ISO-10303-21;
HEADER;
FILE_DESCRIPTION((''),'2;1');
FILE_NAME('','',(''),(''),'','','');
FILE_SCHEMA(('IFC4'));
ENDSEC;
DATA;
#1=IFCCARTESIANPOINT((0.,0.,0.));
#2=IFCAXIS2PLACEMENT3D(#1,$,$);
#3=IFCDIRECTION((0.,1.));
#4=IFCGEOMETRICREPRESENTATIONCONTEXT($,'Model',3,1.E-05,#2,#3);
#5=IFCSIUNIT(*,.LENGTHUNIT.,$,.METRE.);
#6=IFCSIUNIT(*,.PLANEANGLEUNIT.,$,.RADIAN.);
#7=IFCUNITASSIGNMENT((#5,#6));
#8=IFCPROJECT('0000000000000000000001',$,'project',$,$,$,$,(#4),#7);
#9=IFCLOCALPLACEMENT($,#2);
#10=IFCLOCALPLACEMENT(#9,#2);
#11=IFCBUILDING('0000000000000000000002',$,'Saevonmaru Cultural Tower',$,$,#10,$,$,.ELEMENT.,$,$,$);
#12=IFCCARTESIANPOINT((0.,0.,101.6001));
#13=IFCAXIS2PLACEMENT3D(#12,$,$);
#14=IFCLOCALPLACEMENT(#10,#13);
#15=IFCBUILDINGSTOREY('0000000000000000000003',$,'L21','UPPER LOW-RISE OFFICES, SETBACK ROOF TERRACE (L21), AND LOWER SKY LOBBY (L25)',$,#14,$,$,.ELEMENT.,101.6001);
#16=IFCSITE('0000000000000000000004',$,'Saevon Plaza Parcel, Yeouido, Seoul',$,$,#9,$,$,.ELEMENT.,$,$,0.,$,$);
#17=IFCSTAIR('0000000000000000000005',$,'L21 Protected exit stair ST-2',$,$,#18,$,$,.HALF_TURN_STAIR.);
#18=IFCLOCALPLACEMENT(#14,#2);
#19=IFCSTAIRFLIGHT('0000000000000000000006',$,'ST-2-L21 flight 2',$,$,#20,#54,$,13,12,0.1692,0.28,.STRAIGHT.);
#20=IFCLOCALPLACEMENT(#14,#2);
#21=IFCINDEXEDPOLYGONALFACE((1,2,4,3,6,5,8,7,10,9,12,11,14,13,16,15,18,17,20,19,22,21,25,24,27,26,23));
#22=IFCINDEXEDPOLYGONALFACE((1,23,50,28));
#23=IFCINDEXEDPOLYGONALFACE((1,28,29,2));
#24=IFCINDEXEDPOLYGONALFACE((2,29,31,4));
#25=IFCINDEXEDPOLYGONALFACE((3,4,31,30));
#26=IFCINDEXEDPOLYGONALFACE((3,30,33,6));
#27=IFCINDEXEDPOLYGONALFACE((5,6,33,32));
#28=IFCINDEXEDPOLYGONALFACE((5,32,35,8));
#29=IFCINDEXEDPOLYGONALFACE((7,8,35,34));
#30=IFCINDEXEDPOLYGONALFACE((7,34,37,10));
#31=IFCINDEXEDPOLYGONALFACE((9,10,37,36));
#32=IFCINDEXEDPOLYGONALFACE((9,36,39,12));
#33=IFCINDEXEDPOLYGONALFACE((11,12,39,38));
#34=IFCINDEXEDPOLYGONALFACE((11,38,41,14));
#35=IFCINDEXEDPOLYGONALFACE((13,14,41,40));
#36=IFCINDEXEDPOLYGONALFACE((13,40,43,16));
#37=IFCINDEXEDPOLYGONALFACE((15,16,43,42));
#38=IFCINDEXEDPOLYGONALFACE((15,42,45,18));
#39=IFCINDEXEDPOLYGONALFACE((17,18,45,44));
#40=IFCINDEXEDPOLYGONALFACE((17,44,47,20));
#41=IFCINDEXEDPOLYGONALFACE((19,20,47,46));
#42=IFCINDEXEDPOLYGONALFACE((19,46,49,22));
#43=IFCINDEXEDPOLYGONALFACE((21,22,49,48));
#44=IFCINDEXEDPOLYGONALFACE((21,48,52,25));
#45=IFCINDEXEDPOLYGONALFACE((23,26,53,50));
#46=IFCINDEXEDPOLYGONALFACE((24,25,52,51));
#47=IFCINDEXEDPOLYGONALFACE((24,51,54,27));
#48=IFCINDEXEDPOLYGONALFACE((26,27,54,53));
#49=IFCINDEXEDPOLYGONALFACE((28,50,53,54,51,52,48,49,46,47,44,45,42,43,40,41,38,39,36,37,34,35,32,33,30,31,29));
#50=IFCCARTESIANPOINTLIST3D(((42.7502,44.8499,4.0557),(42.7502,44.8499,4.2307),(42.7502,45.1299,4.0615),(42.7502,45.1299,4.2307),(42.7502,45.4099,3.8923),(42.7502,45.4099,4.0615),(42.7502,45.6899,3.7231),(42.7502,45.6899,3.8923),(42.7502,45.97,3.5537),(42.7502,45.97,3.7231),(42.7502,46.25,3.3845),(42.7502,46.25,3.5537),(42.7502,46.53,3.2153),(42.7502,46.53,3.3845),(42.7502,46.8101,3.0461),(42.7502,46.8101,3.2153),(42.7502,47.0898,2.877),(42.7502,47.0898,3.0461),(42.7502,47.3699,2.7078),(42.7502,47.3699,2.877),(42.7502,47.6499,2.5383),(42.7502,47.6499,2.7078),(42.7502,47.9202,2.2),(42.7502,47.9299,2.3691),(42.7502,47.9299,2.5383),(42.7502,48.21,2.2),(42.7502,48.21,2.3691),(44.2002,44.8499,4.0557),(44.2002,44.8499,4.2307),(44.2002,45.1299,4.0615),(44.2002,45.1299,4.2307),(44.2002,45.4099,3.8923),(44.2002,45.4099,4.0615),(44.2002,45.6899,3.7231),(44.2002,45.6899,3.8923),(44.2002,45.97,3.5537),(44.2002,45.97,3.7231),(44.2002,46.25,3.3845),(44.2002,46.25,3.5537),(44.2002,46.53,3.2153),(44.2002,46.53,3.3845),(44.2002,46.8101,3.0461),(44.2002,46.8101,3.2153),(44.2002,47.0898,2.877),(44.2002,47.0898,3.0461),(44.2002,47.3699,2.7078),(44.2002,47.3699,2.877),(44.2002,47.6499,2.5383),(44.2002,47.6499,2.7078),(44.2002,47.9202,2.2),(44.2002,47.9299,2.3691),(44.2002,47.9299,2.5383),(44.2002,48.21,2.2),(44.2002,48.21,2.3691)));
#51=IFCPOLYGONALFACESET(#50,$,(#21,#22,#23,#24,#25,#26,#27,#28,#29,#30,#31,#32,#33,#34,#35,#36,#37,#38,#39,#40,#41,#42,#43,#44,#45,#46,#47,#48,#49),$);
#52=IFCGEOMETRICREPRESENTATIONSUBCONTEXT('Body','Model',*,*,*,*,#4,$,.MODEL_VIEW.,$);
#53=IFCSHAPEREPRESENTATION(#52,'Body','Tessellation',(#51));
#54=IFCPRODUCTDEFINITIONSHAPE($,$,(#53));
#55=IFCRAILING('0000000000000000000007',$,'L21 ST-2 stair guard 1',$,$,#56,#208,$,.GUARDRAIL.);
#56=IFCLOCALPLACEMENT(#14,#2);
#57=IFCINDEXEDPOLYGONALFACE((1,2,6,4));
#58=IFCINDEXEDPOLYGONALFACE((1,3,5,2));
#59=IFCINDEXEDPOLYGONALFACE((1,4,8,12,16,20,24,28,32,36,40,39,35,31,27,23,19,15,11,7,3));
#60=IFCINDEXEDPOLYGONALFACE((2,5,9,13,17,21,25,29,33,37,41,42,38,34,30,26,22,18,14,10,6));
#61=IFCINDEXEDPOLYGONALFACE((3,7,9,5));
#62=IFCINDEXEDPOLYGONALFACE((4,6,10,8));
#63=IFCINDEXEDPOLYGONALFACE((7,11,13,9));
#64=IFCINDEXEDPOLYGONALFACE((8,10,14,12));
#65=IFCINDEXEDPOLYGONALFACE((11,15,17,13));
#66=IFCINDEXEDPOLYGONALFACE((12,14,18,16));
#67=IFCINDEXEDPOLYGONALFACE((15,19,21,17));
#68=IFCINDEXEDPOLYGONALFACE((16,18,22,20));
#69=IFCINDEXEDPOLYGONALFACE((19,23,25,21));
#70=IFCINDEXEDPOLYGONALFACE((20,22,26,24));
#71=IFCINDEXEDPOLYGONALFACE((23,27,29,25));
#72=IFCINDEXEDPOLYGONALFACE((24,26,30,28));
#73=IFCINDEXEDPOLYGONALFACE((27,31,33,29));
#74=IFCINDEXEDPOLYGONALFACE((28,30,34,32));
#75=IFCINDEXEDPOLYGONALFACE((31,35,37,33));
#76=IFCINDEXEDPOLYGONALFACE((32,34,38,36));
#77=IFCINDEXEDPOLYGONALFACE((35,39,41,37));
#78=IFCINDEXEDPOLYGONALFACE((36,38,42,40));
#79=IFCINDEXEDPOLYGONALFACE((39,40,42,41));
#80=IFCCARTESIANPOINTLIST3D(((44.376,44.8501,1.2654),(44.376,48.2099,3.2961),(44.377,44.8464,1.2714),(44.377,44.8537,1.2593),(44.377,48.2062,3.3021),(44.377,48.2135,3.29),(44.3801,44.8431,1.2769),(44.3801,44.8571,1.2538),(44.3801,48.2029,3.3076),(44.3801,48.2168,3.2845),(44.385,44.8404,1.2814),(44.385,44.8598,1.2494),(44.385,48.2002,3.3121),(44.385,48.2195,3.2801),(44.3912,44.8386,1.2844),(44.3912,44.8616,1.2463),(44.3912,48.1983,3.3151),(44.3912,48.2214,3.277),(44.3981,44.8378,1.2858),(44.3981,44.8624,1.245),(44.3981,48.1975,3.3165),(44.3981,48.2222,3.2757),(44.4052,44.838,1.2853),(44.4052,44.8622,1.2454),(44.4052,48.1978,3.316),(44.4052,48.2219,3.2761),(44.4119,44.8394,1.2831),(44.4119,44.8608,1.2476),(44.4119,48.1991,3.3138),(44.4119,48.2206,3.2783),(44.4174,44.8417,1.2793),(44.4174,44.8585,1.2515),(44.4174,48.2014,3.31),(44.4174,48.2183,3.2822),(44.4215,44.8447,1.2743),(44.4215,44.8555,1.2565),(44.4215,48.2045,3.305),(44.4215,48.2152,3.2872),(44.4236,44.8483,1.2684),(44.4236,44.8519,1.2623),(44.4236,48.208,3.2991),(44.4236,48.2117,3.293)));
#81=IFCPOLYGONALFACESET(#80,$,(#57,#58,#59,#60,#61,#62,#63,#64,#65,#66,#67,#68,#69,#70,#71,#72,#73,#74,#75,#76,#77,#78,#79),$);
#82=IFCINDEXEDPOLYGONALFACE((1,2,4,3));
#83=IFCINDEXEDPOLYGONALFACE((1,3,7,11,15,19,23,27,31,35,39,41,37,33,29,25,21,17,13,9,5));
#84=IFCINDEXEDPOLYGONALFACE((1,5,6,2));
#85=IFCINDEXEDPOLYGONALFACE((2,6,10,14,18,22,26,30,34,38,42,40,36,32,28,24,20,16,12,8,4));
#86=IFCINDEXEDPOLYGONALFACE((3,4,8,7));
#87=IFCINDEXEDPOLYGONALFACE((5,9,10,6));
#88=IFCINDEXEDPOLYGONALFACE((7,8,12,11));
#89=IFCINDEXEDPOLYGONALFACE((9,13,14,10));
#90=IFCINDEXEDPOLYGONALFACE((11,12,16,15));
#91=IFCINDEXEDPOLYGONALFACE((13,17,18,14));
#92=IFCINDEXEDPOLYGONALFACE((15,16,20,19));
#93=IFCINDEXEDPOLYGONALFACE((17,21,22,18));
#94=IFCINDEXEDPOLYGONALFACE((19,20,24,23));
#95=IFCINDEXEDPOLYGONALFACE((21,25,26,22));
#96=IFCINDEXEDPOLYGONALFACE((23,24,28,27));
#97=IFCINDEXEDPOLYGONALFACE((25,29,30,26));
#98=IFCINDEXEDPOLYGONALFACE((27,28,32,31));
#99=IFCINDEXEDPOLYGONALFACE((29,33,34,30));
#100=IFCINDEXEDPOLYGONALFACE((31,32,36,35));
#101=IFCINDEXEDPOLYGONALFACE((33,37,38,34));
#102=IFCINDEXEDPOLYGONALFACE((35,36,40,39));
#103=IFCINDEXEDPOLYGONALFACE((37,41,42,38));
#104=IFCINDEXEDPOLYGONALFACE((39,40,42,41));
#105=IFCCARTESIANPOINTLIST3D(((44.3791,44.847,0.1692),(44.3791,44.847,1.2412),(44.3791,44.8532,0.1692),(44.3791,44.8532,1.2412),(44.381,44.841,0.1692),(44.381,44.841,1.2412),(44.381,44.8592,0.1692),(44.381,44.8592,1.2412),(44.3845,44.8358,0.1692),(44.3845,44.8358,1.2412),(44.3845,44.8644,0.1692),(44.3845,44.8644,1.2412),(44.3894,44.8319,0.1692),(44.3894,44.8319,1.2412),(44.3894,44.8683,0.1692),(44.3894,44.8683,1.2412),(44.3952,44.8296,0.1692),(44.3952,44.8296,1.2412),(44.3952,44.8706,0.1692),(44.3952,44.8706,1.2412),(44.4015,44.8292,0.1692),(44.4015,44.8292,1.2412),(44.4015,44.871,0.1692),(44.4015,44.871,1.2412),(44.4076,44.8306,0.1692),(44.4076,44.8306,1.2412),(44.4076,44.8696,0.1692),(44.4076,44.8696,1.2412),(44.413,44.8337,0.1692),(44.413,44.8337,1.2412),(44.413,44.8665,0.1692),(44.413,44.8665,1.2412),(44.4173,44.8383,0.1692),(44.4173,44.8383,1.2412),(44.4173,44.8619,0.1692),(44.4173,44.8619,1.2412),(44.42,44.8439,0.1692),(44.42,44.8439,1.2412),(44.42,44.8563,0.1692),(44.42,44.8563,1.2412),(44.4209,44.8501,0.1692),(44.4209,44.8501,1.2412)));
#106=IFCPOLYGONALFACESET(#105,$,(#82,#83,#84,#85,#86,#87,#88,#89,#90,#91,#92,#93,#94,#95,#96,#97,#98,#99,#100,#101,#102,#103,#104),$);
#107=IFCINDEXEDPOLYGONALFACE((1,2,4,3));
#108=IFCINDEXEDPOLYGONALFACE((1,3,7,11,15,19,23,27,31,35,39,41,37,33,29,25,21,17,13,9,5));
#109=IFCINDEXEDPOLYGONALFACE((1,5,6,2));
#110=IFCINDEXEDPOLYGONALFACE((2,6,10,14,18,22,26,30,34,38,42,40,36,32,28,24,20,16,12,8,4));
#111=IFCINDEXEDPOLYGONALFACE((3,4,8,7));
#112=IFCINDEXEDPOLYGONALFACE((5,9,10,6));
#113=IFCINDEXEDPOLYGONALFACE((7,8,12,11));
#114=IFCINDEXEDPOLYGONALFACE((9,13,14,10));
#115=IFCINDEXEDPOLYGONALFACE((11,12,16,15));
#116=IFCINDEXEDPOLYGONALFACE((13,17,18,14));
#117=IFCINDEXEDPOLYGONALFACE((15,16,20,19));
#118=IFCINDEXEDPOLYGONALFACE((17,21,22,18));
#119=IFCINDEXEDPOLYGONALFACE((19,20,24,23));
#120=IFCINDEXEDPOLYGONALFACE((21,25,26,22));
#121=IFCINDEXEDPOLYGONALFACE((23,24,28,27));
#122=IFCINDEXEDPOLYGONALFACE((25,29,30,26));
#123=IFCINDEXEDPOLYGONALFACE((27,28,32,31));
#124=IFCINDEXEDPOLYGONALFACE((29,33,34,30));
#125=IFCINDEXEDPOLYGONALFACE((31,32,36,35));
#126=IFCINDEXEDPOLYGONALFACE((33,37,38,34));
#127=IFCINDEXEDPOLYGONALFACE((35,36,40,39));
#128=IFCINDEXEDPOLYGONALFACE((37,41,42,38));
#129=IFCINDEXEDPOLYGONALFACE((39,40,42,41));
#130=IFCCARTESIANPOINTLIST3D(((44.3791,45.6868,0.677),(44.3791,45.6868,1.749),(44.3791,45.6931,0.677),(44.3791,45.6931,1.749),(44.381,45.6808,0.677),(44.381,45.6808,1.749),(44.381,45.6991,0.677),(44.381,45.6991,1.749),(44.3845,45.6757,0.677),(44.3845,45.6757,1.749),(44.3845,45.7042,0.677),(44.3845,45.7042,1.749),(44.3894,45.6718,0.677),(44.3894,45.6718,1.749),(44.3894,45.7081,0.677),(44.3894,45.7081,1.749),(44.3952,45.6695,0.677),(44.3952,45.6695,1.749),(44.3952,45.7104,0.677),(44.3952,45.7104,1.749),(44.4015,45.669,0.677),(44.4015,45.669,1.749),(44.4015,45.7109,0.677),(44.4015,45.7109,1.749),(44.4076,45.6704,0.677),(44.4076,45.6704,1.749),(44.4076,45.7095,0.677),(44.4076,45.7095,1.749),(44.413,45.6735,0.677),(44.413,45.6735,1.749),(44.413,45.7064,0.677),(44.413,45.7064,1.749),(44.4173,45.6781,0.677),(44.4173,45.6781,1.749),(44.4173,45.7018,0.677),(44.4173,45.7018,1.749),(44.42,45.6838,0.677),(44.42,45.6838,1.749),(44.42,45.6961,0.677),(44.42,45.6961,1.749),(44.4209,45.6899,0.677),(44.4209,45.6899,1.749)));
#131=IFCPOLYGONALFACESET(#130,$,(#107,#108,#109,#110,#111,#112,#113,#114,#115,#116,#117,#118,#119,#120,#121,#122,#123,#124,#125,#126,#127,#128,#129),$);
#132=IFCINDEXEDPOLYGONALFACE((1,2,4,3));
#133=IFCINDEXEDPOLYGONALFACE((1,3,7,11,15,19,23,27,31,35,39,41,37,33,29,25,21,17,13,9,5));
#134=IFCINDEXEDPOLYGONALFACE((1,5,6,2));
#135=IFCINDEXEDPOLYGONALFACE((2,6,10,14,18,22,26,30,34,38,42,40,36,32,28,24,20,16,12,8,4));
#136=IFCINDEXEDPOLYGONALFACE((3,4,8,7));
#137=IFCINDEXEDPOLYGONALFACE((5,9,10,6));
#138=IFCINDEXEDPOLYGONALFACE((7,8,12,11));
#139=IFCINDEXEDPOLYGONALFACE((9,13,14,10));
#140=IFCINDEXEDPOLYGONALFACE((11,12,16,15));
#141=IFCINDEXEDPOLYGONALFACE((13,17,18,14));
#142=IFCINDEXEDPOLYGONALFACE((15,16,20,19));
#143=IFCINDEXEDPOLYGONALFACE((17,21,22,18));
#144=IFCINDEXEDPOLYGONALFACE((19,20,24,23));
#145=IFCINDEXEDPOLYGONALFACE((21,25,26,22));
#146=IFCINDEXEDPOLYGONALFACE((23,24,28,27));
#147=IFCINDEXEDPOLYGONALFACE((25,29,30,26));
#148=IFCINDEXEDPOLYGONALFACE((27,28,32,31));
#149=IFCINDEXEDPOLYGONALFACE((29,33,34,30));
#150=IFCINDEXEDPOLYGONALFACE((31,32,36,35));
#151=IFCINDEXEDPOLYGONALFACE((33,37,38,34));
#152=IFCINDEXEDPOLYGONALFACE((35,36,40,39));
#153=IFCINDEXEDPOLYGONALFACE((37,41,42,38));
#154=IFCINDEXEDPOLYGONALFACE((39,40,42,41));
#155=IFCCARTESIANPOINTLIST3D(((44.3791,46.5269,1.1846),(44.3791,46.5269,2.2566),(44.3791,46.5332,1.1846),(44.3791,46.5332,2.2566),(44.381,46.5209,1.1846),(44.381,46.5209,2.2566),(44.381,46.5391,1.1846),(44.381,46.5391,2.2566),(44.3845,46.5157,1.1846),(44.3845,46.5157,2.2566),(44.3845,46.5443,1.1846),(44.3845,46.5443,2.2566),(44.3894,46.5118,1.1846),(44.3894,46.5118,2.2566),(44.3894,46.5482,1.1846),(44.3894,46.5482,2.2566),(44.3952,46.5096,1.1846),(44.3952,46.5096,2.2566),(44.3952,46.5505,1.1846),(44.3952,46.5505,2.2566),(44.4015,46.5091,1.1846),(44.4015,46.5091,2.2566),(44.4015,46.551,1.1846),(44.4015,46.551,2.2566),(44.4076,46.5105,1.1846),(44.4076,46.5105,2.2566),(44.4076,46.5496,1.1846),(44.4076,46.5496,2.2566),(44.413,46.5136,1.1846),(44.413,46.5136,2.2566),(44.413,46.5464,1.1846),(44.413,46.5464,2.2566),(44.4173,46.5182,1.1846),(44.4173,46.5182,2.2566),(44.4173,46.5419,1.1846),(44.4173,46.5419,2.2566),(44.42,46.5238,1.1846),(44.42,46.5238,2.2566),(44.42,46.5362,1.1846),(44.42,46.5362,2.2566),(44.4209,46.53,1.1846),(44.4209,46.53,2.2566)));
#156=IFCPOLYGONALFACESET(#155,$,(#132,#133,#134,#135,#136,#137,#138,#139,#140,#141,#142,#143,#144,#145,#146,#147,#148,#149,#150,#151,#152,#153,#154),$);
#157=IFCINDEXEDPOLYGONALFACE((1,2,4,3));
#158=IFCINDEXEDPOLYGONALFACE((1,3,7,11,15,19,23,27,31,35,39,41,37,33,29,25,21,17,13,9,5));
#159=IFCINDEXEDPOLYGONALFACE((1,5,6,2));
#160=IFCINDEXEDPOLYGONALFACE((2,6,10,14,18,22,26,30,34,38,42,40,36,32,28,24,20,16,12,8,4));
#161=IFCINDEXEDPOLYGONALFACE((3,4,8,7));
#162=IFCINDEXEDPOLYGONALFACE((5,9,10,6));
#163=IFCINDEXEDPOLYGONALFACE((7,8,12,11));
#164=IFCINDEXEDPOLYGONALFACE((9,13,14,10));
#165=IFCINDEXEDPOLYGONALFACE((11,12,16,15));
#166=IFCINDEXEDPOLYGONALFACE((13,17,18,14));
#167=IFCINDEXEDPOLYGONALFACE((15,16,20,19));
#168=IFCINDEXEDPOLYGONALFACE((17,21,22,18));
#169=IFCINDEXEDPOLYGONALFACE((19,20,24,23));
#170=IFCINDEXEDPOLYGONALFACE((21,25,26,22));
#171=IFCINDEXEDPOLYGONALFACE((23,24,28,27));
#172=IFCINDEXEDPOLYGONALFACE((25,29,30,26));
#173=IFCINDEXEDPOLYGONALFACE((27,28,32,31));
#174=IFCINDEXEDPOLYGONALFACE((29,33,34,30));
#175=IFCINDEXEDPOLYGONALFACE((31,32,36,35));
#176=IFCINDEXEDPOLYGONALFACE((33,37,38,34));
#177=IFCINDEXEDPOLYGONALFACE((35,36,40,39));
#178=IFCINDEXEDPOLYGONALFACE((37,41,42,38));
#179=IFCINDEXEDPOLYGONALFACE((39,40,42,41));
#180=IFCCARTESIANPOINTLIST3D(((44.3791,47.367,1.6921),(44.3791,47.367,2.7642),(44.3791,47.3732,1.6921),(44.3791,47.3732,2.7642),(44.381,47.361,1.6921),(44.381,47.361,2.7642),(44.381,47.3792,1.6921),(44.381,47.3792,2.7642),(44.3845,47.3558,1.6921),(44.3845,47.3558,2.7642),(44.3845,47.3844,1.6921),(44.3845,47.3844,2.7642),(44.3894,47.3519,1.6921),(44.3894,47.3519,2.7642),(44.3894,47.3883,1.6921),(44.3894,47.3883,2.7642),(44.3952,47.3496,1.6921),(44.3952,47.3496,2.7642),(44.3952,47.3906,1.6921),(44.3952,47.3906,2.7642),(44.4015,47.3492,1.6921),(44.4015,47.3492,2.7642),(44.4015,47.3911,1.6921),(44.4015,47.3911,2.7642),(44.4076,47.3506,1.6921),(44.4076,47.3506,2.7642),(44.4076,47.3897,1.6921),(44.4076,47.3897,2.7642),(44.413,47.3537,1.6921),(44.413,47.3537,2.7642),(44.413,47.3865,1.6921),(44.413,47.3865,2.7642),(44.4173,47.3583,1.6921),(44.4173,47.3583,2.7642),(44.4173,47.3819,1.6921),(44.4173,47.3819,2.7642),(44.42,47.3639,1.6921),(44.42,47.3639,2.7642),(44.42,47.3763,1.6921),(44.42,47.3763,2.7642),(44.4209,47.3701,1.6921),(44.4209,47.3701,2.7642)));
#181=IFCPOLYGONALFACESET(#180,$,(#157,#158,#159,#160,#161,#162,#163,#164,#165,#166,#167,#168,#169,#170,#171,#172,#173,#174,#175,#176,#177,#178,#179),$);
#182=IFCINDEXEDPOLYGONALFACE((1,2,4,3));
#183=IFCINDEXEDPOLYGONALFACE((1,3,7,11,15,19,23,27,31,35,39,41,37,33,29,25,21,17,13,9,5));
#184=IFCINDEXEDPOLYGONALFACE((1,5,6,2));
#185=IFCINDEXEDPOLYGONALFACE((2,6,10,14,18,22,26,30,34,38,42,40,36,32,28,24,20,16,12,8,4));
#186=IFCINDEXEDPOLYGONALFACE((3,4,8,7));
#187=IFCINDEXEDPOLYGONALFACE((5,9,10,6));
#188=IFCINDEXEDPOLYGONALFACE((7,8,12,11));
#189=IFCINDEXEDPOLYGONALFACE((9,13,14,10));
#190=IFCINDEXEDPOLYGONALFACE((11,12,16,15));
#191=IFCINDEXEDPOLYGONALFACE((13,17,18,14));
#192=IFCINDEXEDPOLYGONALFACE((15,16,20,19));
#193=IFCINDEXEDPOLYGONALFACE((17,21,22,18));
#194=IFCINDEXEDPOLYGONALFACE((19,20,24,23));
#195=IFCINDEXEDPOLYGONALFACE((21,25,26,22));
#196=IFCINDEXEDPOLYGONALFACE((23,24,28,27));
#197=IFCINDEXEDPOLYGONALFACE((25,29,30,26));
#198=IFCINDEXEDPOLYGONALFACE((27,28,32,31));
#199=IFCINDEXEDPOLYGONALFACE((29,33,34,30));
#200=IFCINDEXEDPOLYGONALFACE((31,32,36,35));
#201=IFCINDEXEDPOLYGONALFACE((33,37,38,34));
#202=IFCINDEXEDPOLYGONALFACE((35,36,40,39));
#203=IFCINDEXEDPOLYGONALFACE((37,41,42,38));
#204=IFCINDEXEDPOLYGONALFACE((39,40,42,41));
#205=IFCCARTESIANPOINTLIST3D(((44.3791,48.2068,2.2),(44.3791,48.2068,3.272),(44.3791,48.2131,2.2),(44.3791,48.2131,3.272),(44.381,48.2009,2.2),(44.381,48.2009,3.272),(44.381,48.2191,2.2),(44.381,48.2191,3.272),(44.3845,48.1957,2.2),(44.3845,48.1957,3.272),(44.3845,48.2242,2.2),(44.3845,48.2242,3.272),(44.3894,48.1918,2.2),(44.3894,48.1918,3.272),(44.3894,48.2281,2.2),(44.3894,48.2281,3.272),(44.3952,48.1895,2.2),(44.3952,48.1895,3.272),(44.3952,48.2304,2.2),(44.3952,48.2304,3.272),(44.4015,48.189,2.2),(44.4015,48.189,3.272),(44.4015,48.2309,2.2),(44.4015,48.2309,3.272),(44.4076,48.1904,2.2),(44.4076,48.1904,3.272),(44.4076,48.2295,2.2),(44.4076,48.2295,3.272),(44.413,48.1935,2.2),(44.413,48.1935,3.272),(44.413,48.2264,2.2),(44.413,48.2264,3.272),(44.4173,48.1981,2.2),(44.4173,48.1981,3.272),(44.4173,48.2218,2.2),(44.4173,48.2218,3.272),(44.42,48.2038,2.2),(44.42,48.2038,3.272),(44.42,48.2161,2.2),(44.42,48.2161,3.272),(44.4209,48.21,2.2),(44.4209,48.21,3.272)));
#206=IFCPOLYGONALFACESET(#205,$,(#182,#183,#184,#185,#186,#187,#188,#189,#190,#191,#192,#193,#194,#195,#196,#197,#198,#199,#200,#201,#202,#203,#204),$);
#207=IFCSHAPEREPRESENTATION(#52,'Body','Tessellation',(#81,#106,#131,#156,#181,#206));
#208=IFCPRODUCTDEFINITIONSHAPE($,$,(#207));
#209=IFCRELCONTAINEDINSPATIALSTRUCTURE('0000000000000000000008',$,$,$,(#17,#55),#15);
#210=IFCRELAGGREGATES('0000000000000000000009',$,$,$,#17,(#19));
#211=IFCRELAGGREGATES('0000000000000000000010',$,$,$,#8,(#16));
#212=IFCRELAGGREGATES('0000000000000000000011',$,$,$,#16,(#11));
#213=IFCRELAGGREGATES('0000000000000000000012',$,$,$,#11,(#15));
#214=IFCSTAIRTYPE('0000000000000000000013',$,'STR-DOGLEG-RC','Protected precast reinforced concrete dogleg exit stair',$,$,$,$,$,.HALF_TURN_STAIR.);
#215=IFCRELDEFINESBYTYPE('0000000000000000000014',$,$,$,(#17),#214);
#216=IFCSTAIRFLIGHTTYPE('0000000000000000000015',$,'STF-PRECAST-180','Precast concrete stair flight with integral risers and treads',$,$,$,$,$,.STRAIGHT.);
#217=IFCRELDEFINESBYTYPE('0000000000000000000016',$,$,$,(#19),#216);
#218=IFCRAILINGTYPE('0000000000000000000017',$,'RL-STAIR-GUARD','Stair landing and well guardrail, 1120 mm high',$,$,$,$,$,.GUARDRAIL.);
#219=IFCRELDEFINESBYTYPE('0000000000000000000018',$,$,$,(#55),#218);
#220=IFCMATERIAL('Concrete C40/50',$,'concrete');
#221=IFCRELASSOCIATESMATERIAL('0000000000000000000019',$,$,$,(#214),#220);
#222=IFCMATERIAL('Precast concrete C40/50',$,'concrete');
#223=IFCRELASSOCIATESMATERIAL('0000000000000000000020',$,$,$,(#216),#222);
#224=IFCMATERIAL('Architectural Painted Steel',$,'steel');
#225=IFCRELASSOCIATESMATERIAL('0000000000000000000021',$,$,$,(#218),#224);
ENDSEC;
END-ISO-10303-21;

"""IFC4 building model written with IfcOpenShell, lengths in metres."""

from ifc_helpers import new_model, si_unit, direction, frame, origin, origin_2d, place, context, subcontext, project, spatial, polyline, circle, outline, extrude, material, type_object, element, aggregate, save


model = new_model("IFC4")

# Units and contexts
model_context = context("Model", 3, precision=1e-05, world=origin(), true_north=direction((0.0, 1.0)))
body_context = subcontext(model_context, "Body", "Model", "MODEL_VIEW")
ifc_project = project(units=[si_unit("LENGTHUNIT", "METRE"), si_unit("PLANEANGLEUNIT", "RADIAN")], contexts=[model_context])

# Site, building, storey
site_placement = place(None, origin())
site = spatial("IfcSite", under=ifc_project, at=site_placement, Name="Saevon Plaza Parcel, Yeouido, Seoul", CompositionType="ELEMENT", RefElevation=0.0)
building_placement = place(site_placement, origin())
building = spatial("IfcBuilding", under=site, at=building_placement, Name="Saevonmaru Cultural Tower", CompositionType="ELEMENT")
storey_placement = place(building_placement, frame((0.0, 0.0, 101.6001)))
storey = spatial("IfcBuildingStorey", under=building, at=storey_placement, Name="L21", Description="UPPER LOW-RISE OFFICES, SETBACK ROOF TERRACE (L21), AND LOWER SKY LOBBY (L25)", CompositionType="ELEMENT", Elevation=101.6001)

# Stair, stair flight
ifc_material_1 = material(Name="Concrete C40/50", Category="concrete")
stair_type = type_object("IfcStairType", Name="STR-DOGLEG-RC", Description="Protected precast reinforced concrete dogleg exit stair", PredefinedType="HALF_TURN_STAIR", material=ifc_material_1)
stair_placement = place(storey_placement, origin())
stair = element("IfcStair", 1, at=stair_placement, inside=storey, type_object=stair_type, Name="L21 Protected exit stair ST-2", PredefinedType="HALF_TURN_STAIR")
ifc_material_2 = material(Name="Precast concrete C40/50", Category="concrete")
stair_flight_type = type_object("IfcStairFlightType", Name="STF-PRECAST-180", Description="Precast concrete stair flight with integral risers and treads", PredefinedType="STRAIGHT", material=ifc_material_2)
stair_flight_1_placement = place(storey_placement, frame((43.4751, 48.21, 2.2), z_axis=(0.0, 0.0, 1.0), x_axis=(0.0, -1.0, 0.0)))
stair_flight_1 = element("IfcStairFlight", 2, at=stair_flight_1_placement, type_object=stair_flight_type, Name="ST-2-L21 flight 2", NumberOfRisers=13, NumberOfTreads=12, PredefinedType="STRAIGHT", RiserHeight=0.1692, TreadLength=0.28, context=body_context, shape_type="SweptSolid", body=[
    extrude(outline(polyline([(0.0, 0.0), (0.0, 0.1692), (0.28, 0.1692), (0.28, 0.3384), (0.5601, 0.3384), (0.5601, 0.5078), (0.8401, 0.5078), (0.8401, 0.677), (1.1201, 0.677), (1.1201, 0.8462), (1.3999, 0.8462), (1.3999, 1.0154), (1.6799, 1.0154), (1.6799, 1.1846), (1.96, 1.1846), (1.96, 1.3538), (2.24, 1.3538), (2.24, 1.5232), (2.52, 1.5232), (2.52, 1.6924), (2.8, 1.6924), (2.8, 1.8616), (3.0801, 1.8616), (3.0801, 2.0308), (3.3601, 2.0308), (3.3601, 2.2), (3.3601, 1.8557), (0.2898, 0.0), (0.0, 0.0)])), frame((0.0, 0.7251, 0.0), z_axis=(0.0, -1.0, 0.0), x_axis=(1.0, 0.0, 0.0)), (0.0, 0.0, 1.0), 1.45),
])
aggregate(stair, [stair_flight_1])

# Railing
ifc_material_3 = material(Name="Architectural Painted Steel", Category="steel")
railing_type_1 = type_object("IfcRailingType", Name="RL-STAIR-GUARD", Description="Stair landing and well guardrail, 1120 mm high", PredefinedType="GUARDRAIL", material=ifc_material_3)
railing_1_placement = place(storey_placement, frame((44.3999, 44.8501, 0.1692)))
element("IfcRailing", 3, at=railing_1_placement, inside=storey, type_object=railing_type_1, Name="L21 ST-2 stair guard 1", PredefinedType="GUARDRAIL", context=body_context, shape_type="SweptSolid", body=[
    extrude(circle(Radius=0.0239, at=origin_2d()), frame((0.0, 0.0, 1.0962), z_axis=(0.0, 0.85582, 0.517273), x_axis=(-1.0, 0.0, 0.0)), (0.0, 0.0, 1.0), 3.9258),
    extrude(circle(Radius=0.021, at=origin_2d()), origin(), (0.0, 0.0, 1.0), 1.072),
    extrude(circle(Radius=0.021, at=origin_2d()), frame((0.0, 0.8398, 0.5078)), (0.0, 0.0, 1.0), 1.072),
    extrude(circle(Radius=0.021, at=origin_2d()), frame((0.0, 1.6799, 1.0154)), (0.0, 0.0, 1.0), 1.072),
    extrude(circle(Radius=0.021, at=origin_2d()), frame((0.0, 2.52, 1.5229)), (0.0, 0.0, 1.0), 1.072),
    extrude(circle(Radius=0.021, at=origin_2d()), frame((0.0, 3.3599, 2.0308)), (0.0, 0.0, 1.0), 1.072),
])

save(model, "model.ifc")
